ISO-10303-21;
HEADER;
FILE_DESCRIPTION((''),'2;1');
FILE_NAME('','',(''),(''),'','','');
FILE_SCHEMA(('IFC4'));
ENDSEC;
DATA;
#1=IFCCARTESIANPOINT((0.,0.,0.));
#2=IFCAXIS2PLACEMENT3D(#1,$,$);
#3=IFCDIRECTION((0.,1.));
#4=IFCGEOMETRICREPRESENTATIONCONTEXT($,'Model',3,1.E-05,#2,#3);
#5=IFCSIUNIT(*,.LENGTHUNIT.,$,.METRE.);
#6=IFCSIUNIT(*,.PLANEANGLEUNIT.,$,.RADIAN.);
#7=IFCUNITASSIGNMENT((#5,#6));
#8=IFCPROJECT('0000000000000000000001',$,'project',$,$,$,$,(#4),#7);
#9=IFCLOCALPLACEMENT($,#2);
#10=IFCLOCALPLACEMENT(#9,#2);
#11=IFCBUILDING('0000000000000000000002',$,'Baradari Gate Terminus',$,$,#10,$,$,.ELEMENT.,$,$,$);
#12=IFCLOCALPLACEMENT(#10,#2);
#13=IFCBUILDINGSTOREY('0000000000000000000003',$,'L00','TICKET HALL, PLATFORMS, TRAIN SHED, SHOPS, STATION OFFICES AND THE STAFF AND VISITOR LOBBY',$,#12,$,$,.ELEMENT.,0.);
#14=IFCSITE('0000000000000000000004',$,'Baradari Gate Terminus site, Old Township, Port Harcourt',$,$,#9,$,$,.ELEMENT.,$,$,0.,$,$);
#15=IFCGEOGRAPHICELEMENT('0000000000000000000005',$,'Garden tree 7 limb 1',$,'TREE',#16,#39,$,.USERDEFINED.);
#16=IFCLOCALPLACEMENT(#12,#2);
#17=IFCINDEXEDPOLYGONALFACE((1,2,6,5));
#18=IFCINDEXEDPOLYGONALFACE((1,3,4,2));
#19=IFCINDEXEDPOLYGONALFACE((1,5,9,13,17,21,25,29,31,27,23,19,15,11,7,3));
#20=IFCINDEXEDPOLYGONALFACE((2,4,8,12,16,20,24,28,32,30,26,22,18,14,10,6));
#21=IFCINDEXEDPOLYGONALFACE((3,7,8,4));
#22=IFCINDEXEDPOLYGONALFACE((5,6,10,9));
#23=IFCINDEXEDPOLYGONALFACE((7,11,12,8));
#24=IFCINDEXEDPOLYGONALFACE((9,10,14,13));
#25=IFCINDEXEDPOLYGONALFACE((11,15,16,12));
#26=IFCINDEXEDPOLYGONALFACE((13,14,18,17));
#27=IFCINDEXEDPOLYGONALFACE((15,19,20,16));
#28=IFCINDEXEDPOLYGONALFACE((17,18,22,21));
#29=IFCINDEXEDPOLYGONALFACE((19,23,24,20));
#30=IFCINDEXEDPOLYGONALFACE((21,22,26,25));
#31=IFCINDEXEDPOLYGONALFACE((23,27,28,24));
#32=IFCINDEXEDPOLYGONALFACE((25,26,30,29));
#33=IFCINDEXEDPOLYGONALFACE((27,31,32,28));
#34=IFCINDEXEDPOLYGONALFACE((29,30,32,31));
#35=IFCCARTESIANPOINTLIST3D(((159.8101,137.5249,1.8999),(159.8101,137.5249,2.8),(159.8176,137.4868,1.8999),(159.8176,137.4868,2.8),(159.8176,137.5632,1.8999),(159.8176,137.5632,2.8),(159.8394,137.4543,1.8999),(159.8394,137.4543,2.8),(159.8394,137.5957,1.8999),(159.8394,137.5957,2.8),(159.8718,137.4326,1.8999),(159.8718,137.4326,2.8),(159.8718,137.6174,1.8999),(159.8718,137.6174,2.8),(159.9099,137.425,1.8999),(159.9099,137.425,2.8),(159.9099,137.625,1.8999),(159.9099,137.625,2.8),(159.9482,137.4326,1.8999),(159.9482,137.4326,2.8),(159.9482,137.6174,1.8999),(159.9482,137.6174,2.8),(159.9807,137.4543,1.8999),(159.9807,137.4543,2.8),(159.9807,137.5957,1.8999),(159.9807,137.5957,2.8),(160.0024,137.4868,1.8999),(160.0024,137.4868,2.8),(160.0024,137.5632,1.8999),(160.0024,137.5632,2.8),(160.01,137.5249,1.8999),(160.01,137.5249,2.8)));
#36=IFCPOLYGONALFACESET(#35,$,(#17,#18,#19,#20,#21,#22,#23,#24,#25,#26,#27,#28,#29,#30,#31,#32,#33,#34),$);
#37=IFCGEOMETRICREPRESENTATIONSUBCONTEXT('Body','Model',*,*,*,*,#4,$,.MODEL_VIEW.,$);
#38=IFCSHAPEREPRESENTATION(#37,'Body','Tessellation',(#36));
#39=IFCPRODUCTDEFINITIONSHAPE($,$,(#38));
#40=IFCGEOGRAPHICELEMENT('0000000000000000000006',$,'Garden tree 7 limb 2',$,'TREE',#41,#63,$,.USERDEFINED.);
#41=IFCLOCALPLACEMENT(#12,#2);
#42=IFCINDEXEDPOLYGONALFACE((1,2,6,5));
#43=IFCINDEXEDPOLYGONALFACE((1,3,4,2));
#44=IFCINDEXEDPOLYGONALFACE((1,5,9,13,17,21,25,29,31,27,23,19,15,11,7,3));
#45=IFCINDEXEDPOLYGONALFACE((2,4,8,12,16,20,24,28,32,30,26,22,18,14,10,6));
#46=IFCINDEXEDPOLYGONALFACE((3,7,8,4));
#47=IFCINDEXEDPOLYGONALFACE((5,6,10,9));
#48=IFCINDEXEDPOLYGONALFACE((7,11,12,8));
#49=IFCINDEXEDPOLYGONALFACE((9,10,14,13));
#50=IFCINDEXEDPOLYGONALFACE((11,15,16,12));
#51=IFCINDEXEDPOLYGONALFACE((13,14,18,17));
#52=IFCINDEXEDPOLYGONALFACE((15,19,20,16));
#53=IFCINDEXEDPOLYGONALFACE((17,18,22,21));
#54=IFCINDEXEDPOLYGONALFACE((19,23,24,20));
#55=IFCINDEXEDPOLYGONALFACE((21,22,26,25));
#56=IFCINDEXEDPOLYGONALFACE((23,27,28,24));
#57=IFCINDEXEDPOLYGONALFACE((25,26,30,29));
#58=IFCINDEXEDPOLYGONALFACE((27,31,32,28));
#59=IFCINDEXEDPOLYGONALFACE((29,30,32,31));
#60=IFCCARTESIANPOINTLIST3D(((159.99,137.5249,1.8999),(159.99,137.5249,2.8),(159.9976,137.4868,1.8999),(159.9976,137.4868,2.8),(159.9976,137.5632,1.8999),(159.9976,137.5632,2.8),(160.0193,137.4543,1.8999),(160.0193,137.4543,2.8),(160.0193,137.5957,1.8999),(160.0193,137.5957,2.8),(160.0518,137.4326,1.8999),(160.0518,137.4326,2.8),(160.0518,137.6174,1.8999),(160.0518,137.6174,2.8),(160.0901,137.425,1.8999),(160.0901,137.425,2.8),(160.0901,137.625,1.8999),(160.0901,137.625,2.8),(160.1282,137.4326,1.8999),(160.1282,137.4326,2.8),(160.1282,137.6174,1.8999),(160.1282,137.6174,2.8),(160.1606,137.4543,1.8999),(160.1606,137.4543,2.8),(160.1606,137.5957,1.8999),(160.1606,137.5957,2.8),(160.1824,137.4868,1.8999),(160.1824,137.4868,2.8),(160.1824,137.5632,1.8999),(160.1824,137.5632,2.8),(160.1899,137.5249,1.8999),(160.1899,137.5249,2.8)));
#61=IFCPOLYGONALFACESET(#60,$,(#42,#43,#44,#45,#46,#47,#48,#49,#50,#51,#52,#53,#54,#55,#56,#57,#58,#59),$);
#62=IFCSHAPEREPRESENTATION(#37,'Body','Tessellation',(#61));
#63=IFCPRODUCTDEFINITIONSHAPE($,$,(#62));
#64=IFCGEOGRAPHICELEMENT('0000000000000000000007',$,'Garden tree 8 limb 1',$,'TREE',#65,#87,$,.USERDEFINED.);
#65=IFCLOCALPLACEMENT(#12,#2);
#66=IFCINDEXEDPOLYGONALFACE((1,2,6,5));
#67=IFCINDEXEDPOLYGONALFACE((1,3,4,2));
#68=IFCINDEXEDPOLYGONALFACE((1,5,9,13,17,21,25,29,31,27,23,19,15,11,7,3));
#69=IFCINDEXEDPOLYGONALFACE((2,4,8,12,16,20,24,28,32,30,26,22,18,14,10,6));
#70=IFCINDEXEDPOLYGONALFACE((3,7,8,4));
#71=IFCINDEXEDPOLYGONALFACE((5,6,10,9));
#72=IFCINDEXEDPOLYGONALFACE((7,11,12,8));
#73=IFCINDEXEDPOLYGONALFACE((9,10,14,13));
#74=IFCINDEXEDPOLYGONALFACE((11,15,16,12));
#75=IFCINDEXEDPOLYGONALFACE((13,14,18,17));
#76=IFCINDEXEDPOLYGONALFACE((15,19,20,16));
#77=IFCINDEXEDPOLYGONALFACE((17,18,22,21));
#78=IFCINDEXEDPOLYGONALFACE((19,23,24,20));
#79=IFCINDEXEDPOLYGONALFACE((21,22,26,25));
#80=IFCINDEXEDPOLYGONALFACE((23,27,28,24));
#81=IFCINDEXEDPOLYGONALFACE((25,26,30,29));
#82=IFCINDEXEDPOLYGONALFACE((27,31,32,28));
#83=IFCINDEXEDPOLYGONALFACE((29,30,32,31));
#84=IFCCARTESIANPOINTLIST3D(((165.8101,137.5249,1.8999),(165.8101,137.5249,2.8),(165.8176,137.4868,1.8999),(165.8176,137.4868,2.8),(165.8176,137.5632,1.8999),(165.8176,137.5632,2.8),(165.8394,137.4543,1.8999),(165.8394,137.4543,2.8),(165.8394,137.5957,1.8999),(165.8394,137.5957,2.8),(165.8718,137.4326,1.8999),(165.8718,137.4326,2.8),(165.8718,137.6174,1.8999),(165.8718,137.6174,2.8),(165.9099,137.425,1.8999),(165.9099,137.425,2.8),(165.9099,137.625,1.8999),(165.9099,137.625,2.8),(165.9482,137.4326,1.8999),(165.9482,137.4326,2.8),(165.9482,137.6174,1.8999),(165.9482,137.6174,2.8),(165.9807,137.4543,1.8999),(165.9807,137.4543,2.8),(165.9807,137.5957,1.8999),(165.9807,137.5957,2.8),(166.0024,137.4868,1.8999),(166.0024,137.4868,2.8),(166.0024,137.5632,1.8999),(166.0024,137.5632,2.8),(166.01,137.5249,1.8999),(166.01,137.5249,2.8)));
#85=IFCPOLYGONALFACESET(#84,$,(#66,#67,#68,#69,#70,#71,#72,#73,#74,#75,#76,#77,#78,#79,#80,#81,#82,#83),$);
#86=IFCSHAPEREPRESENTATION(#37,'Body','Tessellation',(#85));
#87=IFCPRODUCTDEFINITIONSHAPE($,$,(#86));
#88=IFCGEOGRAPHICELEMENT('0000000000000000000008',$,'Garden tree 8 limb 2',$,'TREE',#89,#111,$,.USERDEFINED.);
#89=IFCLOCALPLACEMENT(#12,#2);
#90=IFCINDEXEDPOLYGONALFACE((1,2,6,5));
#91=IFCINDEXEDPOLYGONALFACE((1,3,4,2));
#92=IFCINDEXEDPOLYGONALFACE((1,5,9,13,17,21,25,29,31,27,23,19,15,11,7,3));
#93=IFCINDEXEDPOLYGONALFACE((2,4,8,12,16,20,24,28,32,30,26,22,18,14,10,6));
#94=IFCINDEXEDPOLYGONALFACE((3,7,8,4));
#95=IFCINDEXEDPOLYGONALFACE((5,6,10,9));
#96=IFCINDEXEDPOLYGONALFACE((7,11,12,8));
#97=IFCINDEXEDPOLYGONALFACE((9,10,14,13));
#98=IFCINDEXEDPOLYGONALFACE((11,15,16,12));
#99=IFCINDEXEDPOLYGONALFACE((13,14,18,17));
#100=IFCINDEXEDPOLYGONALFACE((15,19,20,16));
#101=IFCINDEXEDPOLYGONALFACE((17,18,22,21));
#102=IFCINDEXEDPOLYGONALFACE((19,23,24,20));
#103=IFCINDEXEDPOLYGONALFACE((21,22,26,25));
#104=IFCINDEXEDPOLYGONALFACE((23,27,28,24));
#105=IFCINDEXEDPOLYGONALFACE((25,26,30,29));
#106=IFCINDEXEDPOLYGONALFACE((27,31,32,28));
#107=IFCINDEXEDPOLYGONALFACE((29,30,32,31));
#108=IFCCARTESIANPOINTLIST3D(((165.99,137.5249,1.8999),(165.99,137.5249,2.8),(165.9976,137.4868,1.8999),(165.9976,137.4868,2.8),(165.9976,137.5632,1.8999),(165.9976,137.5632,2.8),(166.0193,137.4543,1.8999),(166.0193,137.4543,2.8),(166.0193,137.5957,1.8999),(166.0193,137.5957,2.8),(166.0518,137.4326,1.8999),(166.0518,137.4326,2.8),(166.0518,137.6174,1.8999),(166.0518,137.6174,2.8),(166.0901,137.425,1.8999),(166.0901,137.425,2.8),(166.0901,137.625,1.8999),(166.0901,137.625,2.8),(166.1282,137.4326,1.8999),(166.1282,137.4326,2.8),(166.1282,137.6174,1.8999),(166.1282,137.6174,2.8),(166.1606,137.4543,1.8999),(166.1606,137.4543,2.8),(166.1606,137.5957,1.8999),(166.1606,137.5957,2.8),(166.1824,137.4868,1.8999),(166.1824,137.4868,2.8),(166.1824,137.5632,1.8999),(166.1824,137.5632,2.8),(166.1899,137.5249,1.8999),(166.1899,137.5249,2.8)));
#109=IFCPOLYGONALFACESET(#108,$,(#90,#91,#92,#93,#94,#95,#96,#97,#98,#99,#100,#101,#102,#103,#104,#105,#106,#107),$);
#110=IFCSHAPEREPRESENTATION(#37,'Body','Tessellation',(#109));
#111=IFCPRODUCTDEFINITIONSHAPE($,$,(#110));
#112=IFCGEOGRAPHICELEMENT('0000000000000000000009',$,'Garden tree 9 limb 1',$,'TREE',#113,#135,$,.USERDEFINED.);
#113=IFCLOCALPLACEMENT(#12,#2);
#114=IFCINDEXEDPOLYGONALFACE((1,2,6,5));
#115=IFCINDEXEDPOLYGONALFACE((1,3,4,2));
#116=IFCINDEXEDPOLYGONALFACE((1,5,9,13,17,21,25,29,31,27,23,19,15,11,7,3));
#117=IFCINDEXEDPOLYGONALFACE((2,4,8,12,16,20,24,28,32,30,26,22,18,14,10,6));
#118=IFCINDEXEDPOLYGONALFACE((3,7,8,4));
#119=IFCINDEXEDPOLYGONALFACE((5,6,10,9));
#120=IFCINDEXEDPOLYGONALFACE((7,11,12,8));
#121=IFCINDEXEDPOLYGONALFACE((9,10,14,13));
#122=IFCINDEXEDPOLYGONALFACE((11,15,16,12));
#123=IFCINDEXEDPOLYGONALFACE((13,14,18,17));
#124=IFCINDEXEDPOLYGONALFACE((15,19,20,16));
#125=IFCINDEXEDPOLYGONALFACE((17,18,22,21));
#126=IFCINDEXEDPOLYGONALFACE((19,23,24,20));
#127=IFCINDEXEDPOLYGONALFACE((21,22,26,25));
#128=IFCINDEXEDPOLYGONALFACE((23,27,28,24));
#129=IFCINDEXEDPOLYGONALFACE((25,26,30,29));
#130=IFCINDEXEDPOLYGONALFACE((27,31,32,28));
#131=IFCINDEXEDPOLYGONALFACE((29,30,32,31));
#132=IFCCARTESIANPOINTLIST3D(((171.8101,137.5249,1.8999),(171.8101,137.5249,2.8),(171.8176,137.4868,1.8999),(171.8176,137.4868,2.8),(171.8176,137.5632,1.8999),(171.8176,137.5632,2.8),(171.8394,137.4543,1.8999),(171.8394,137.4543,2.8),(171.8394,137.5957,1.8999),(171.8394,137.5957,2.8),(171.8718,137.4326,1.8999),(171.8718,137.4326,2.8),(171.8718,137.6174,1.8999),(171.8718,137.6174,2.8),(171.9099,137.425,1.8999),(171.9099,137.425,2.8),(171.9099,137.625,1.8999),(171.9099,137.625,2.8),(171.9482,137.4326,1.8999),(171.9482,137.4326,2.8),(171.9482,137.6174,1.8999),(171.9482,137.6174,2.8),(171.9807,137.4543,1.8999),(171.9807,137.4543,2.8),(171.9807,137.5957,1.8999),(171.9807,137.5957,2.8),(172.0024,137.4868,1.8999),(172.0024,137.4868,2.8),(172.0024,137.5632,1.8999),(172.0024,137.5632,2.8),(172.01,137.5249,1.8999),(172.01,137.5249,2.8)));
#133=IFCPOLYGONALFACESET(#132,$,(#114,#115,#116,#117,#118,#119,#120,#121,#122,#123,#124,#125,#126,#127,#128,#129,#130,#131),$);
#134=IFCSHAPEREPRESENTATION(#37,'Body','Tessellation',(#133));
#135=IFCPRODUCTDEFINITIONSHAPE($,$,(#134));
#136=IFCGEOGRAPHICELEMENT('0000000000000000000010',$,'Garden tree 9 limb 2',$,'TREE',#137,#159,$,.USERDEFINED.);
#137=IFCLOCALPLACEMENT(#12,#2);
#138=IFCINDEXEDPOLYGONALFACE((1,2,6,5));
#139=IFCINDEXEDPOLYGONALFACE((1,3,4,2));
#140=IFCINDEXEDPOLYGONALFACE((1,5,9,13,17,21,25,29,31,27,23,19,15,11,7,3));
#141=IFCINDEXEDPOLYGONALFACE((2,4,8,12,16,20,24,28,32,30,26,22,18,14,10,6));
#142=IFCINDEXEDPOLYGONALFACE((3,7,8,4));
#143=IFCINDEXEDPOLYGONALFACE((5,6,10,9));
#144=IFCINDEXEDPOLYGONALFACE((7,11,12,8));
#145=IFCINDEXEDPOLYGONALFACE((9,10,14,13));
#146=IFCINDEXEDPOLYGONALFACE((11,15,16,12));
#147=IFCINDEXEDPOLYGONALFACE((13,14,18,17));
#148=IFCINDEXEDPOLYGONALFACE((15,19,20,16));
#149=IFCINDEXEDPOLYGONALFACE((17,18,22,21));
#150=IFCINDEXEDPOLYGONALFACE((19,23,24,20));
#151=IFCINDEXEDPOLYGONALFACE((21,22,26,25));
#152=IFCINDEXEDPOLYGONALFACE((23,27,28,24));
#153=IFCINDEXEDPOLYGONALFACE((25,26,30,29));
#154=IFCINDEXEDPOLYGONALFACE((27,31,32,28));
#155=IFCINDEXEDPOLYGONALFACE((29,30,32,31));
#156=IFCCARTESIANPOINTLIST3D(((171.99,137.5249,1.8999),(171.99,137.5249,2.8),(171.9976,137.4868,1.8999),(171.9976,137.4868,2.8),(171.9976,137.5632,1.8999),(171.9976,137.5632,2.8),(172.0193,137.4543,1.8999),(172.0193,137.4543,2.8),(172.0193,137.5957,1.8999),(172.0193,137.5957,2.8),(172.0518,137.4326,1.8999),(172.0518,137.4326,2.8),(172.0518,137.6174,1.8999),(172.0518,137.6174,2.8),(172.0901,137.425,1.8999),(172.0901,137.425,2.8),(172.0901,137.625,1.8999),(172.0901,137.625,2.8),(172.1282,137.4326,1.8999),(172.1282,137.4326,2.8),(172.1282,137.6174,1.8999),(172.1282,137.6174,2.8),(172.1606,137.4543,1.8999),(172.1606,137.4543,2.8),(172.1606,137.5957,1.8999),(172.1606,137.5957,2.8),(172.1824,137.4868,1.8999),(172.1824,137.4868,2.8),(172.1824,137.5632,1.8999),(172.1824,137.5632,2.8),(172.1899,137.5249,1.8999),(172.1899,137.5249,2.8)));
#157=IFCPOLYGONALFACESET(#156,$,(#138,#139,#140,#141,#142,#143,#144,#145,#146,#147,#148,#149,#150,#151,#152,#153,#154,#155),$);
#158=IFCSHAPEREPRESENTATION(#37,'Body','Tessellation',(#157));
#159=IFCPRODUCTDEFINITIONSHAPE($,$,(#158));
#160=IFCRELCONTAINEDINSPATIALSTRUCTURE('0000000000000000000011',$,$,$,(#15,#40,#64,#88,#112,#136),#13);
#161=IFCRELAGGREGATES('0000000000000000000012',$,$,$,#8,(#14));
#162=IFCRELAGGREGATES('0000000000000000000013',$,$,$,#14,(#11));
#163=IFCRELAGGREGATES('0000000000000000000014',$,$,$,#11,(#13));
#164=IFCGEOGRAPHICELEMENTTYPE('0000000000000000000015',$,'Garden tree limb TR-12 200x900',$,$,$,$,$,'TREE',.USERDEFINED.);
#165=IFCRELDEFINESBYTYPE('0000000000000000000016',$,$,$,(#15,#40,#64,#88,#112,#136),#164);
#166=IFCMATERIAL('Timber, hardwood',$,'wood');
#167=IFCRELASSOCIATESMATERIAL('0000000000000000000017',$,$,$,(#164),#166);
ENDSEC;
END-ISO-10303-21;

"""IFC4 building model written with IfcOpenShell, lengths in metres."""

from ifc_helpers import new_model, si_unit, direction, frame, origin, place, context, subcontext, project, spatial, polyline, outline, extrude, material, type_object, element, save


model = new_model("IFC4")

# Units and contexts
model_context = context("Model", 3, precision=1e-05, world=origin(), true_north=direction((0.0, 1.0)))
body_context = subcontext(model_context, "Body", "Model", "MODEL_VIEW")
ifc_project = project(units=[si_unit("LENGTHUNIT", "METRE"), si_unit("PLANEANGLEUNIT", "RADIAN")], contexts=[model_context])

# Site, building, storey
site_placement = place(None, origin())
site = spatial("IfcSite", under=ifc_project, at=site_placement, Name="Baradari Gate Terminus site, Old Township, Port Harcourt", CompositionType="ELEMENT", RefElevation=0.0)
building_placement = place(site_placement, origin())
building = spatial("IfcBuilding", under=site, at=building_placement, Name="Baradari Gate Terminus", CompositionType="ELEMENT")
storey_placement = place(building_placement, origin())
storey = spatial("IfcBuildingStorey", under=building, at=storey_placement, Name="L00", Description="TICKET HALL, PLATFORMS, TRAIN SHED, SHOPS, STATION OFFICES AND THE STAFF AND VISITOR LOBBY", CompositionType="ELEMENT", Elevation=0.0)

# Geographic elements
ifc_material = material(Name="Timber, hardwood", Category="wood")
geographic_element_type = type_object("IfcGeographicElementType", Name="Garden tree limb TR-12 200x900", ElementType="TREE", PredefinedType="USERDEFINED", material=ifc_material)
geographic_element_1_placement = place(storey_placement, frame((0.0, 0.0, 1.8999)))
element("IfcGeographicElement", 1, at=geographic_element_1_placement, inside=storey, type_object=geographic_element_type, Name="Garden tree 7 limb 1", ObjectType="TREE", PredefinedType="USERDEFINED", context=body_context, shape_type="SweptSolid", body=[
    extrude(outline(polyline([(160.01, 137.5249), (160.0024, 137.5632), (159.9807, 137.5957), (159.9482, 137.6174), (159.9099, 137.625), (159.8718, 137.6174), (159.8394, 137.5957), (159.8176, 137.5632), (159.8101, 137.5249), (159.8176, 137.4868), (159.8394, 137.4543), (159.8718, 137.4326), (159.9099, 137.425), (159.9482, 137.4326), (159.9807, 137.4543), (160.0024, 137.4868), (160.01, 137.5249)])), origin(), (0.0, 0.0, 1.0), 0.9001),
])
geographic_element_2_placement = place(storey_placement, frame((0.0, 0.0, 1.8999)))
element("IfcGeographicElement", 2, at=geographic_element_2_placement, inside=storey, type_object=geographic_element_type, Name="Garden tree 7 limb 2", ObjectType="TREE", PredefinedType="USERDEFINED", context=body_context, shape_type="SweptSolid", body=[
    extrude(outline(polyline([(160.1899, 137.5249), (160.1824, 137.5632), (160.1606, 137.5957), (160.1282, 137.6174), (160.0901, 137.625), (160.0518, 137.6174), (160.0193, 137.5957), (159.9976, 137.5632), (159.99, 137.5249), (159.9976, 137.4868), (160.0193, 137.4543), (160.0518, 137.4326), (160.0901, 137.425), (160.1282, 137.4326), (160.1606, 137.4543), (160.1824, 137.4868), (160.1899, 137.5249)])), origin(), (0.0, 0.0, 1.0), 0.9001),
])
geographic_element_3_placement = place(storey_placement, frame((0.0, 0.0, 1.8999)))
element("IfcGeographicElement", 3, at=geographic_element_3_placement, inside=storey, type_object=geographic_element_type, Name="Garden tree 8 limb 1", ObjectType="TREE", PredefinedType="USERDEFINED", context=body_context, shape_type="SweptSolid", body=[
    extrude(outline(polyline([(166.01, 137.5249), (166.0024, 137.5632), (165.9807, 137.5957), (165.9482, 137.6174), (165.9099, 137.625), (165.8718, 137.6174), (165.8394, 137.5957), (165.8176, 137.5632), (165.8101, 137.5249), (165.8176, 137.4868), (165.8394, 137.4543), (165.8718, 137.4326), (165.9099, 137.425), (165.9482, 137.4326), (165.9807, 137.4543), (166.0024, 137.4868), (166.01, 137.5249)])), origin(), (0.0, 0.0, 1.0), 0.9001),
])
geographic_element_4_placement = place(storey_placement, frame((0.0, 0.0, 1.8999)))
element("IfcGeographicElement", 4, at=geographic_element_4_placement, inside=storey, type_object=geographic_element_type, Name="Garden tree 8 limb 2", ObjectType="TREE", PredefinedType="USERDEFINED", context=body_context, shape_type="SweptSolid", body=[
    extrude(outline(polyline([(166.1899, 137.5249), (166.1824, 137.5632), (166.1606, 137.5957), (166.1282, 137.6174), (166.0901, 137.625), (166.0518, 137.6174), (166.0193, 137.5957), (165.9976, 137.5632), (165.99, 137.5249), (165.9976, 137.4868), (166.0193, 137.4543), (166.0518, 137.4326), (166.0901, 137.425), (166.1282, 137.4326), (166.1606, 137.4543), (166.1824, 137.4868), (166.1899, 137.5249)])), origin(), (0.0, 0.0, 1.0), 0.9001),
])
geographic_element_5_placement = place(storey_placement, frame((0.0, 0.0, 1.8999)))
element("IfcGeographicElement", 5, at=geographic_element_5_placement, inside=storey, type_object=geographic_element_type, Name="Garden tree 9 limb 1", ObjectType="TREE", PredefinedType="USERDEFINED", context=body_context, shape_type="SweptSolid", body=[
    extrude(outline(polyline([(172.01, 137.5249), (172.0024, 137.5632), (171.9807, 137.5957), (171.9482, 137.6174), (171.9099, 137.625), (171.8718, 137.6174), (171.8394, 137.5957), (171.8176, 137.5632), (171.8101, 137.5249), (171.8176, 137.4868), (171.8394, 137.4543), (171.8718, 137.4326), (171.9099, 137.425), (171.9482, 137.4326), (171.9807, 137.4543), (172.0024, 137.4868), (172.01, 137.5249)])), origin(), (0.0, 0.0, 1.0), 0.9001),
])
geographic_element_6_placement = place(storey_placement, frame((0.0, 0.0, 1.8999)))
element("IfcGeographicElement", 6, at=geographic_element_6_placement, inside=storey, type_object=geographic_element_type, Name="Garden tree 9 limb 2", ObjectType="TREE", PredefinedType="USERDEFINED", context=body_context, shape_type="SweptSolid", body=[
    extrude(outline(polyline([(172.1899, 137.5249), (172.1824, 137.5632), (172.1606, 137.5957), (172.1282, 137.6174), (172.0901, 137.625), (172.0518, 137.6174), (172.0193, 137.5957), (171.9976, 137.5632), (171.99, 137.5249), (171.9976, 137.4868), (172.0193, 137.4543), (172.0518, 137.4326), (172.0901, 137.425), (172.1282, 137.4326), (172.1606, 137.4543), (172.1824, 137.4868), (172.1899, 137.5249)])), origin(), (0.0, 0.0, 1.0), 0.9001),
])

save(model, "model.ifc")
